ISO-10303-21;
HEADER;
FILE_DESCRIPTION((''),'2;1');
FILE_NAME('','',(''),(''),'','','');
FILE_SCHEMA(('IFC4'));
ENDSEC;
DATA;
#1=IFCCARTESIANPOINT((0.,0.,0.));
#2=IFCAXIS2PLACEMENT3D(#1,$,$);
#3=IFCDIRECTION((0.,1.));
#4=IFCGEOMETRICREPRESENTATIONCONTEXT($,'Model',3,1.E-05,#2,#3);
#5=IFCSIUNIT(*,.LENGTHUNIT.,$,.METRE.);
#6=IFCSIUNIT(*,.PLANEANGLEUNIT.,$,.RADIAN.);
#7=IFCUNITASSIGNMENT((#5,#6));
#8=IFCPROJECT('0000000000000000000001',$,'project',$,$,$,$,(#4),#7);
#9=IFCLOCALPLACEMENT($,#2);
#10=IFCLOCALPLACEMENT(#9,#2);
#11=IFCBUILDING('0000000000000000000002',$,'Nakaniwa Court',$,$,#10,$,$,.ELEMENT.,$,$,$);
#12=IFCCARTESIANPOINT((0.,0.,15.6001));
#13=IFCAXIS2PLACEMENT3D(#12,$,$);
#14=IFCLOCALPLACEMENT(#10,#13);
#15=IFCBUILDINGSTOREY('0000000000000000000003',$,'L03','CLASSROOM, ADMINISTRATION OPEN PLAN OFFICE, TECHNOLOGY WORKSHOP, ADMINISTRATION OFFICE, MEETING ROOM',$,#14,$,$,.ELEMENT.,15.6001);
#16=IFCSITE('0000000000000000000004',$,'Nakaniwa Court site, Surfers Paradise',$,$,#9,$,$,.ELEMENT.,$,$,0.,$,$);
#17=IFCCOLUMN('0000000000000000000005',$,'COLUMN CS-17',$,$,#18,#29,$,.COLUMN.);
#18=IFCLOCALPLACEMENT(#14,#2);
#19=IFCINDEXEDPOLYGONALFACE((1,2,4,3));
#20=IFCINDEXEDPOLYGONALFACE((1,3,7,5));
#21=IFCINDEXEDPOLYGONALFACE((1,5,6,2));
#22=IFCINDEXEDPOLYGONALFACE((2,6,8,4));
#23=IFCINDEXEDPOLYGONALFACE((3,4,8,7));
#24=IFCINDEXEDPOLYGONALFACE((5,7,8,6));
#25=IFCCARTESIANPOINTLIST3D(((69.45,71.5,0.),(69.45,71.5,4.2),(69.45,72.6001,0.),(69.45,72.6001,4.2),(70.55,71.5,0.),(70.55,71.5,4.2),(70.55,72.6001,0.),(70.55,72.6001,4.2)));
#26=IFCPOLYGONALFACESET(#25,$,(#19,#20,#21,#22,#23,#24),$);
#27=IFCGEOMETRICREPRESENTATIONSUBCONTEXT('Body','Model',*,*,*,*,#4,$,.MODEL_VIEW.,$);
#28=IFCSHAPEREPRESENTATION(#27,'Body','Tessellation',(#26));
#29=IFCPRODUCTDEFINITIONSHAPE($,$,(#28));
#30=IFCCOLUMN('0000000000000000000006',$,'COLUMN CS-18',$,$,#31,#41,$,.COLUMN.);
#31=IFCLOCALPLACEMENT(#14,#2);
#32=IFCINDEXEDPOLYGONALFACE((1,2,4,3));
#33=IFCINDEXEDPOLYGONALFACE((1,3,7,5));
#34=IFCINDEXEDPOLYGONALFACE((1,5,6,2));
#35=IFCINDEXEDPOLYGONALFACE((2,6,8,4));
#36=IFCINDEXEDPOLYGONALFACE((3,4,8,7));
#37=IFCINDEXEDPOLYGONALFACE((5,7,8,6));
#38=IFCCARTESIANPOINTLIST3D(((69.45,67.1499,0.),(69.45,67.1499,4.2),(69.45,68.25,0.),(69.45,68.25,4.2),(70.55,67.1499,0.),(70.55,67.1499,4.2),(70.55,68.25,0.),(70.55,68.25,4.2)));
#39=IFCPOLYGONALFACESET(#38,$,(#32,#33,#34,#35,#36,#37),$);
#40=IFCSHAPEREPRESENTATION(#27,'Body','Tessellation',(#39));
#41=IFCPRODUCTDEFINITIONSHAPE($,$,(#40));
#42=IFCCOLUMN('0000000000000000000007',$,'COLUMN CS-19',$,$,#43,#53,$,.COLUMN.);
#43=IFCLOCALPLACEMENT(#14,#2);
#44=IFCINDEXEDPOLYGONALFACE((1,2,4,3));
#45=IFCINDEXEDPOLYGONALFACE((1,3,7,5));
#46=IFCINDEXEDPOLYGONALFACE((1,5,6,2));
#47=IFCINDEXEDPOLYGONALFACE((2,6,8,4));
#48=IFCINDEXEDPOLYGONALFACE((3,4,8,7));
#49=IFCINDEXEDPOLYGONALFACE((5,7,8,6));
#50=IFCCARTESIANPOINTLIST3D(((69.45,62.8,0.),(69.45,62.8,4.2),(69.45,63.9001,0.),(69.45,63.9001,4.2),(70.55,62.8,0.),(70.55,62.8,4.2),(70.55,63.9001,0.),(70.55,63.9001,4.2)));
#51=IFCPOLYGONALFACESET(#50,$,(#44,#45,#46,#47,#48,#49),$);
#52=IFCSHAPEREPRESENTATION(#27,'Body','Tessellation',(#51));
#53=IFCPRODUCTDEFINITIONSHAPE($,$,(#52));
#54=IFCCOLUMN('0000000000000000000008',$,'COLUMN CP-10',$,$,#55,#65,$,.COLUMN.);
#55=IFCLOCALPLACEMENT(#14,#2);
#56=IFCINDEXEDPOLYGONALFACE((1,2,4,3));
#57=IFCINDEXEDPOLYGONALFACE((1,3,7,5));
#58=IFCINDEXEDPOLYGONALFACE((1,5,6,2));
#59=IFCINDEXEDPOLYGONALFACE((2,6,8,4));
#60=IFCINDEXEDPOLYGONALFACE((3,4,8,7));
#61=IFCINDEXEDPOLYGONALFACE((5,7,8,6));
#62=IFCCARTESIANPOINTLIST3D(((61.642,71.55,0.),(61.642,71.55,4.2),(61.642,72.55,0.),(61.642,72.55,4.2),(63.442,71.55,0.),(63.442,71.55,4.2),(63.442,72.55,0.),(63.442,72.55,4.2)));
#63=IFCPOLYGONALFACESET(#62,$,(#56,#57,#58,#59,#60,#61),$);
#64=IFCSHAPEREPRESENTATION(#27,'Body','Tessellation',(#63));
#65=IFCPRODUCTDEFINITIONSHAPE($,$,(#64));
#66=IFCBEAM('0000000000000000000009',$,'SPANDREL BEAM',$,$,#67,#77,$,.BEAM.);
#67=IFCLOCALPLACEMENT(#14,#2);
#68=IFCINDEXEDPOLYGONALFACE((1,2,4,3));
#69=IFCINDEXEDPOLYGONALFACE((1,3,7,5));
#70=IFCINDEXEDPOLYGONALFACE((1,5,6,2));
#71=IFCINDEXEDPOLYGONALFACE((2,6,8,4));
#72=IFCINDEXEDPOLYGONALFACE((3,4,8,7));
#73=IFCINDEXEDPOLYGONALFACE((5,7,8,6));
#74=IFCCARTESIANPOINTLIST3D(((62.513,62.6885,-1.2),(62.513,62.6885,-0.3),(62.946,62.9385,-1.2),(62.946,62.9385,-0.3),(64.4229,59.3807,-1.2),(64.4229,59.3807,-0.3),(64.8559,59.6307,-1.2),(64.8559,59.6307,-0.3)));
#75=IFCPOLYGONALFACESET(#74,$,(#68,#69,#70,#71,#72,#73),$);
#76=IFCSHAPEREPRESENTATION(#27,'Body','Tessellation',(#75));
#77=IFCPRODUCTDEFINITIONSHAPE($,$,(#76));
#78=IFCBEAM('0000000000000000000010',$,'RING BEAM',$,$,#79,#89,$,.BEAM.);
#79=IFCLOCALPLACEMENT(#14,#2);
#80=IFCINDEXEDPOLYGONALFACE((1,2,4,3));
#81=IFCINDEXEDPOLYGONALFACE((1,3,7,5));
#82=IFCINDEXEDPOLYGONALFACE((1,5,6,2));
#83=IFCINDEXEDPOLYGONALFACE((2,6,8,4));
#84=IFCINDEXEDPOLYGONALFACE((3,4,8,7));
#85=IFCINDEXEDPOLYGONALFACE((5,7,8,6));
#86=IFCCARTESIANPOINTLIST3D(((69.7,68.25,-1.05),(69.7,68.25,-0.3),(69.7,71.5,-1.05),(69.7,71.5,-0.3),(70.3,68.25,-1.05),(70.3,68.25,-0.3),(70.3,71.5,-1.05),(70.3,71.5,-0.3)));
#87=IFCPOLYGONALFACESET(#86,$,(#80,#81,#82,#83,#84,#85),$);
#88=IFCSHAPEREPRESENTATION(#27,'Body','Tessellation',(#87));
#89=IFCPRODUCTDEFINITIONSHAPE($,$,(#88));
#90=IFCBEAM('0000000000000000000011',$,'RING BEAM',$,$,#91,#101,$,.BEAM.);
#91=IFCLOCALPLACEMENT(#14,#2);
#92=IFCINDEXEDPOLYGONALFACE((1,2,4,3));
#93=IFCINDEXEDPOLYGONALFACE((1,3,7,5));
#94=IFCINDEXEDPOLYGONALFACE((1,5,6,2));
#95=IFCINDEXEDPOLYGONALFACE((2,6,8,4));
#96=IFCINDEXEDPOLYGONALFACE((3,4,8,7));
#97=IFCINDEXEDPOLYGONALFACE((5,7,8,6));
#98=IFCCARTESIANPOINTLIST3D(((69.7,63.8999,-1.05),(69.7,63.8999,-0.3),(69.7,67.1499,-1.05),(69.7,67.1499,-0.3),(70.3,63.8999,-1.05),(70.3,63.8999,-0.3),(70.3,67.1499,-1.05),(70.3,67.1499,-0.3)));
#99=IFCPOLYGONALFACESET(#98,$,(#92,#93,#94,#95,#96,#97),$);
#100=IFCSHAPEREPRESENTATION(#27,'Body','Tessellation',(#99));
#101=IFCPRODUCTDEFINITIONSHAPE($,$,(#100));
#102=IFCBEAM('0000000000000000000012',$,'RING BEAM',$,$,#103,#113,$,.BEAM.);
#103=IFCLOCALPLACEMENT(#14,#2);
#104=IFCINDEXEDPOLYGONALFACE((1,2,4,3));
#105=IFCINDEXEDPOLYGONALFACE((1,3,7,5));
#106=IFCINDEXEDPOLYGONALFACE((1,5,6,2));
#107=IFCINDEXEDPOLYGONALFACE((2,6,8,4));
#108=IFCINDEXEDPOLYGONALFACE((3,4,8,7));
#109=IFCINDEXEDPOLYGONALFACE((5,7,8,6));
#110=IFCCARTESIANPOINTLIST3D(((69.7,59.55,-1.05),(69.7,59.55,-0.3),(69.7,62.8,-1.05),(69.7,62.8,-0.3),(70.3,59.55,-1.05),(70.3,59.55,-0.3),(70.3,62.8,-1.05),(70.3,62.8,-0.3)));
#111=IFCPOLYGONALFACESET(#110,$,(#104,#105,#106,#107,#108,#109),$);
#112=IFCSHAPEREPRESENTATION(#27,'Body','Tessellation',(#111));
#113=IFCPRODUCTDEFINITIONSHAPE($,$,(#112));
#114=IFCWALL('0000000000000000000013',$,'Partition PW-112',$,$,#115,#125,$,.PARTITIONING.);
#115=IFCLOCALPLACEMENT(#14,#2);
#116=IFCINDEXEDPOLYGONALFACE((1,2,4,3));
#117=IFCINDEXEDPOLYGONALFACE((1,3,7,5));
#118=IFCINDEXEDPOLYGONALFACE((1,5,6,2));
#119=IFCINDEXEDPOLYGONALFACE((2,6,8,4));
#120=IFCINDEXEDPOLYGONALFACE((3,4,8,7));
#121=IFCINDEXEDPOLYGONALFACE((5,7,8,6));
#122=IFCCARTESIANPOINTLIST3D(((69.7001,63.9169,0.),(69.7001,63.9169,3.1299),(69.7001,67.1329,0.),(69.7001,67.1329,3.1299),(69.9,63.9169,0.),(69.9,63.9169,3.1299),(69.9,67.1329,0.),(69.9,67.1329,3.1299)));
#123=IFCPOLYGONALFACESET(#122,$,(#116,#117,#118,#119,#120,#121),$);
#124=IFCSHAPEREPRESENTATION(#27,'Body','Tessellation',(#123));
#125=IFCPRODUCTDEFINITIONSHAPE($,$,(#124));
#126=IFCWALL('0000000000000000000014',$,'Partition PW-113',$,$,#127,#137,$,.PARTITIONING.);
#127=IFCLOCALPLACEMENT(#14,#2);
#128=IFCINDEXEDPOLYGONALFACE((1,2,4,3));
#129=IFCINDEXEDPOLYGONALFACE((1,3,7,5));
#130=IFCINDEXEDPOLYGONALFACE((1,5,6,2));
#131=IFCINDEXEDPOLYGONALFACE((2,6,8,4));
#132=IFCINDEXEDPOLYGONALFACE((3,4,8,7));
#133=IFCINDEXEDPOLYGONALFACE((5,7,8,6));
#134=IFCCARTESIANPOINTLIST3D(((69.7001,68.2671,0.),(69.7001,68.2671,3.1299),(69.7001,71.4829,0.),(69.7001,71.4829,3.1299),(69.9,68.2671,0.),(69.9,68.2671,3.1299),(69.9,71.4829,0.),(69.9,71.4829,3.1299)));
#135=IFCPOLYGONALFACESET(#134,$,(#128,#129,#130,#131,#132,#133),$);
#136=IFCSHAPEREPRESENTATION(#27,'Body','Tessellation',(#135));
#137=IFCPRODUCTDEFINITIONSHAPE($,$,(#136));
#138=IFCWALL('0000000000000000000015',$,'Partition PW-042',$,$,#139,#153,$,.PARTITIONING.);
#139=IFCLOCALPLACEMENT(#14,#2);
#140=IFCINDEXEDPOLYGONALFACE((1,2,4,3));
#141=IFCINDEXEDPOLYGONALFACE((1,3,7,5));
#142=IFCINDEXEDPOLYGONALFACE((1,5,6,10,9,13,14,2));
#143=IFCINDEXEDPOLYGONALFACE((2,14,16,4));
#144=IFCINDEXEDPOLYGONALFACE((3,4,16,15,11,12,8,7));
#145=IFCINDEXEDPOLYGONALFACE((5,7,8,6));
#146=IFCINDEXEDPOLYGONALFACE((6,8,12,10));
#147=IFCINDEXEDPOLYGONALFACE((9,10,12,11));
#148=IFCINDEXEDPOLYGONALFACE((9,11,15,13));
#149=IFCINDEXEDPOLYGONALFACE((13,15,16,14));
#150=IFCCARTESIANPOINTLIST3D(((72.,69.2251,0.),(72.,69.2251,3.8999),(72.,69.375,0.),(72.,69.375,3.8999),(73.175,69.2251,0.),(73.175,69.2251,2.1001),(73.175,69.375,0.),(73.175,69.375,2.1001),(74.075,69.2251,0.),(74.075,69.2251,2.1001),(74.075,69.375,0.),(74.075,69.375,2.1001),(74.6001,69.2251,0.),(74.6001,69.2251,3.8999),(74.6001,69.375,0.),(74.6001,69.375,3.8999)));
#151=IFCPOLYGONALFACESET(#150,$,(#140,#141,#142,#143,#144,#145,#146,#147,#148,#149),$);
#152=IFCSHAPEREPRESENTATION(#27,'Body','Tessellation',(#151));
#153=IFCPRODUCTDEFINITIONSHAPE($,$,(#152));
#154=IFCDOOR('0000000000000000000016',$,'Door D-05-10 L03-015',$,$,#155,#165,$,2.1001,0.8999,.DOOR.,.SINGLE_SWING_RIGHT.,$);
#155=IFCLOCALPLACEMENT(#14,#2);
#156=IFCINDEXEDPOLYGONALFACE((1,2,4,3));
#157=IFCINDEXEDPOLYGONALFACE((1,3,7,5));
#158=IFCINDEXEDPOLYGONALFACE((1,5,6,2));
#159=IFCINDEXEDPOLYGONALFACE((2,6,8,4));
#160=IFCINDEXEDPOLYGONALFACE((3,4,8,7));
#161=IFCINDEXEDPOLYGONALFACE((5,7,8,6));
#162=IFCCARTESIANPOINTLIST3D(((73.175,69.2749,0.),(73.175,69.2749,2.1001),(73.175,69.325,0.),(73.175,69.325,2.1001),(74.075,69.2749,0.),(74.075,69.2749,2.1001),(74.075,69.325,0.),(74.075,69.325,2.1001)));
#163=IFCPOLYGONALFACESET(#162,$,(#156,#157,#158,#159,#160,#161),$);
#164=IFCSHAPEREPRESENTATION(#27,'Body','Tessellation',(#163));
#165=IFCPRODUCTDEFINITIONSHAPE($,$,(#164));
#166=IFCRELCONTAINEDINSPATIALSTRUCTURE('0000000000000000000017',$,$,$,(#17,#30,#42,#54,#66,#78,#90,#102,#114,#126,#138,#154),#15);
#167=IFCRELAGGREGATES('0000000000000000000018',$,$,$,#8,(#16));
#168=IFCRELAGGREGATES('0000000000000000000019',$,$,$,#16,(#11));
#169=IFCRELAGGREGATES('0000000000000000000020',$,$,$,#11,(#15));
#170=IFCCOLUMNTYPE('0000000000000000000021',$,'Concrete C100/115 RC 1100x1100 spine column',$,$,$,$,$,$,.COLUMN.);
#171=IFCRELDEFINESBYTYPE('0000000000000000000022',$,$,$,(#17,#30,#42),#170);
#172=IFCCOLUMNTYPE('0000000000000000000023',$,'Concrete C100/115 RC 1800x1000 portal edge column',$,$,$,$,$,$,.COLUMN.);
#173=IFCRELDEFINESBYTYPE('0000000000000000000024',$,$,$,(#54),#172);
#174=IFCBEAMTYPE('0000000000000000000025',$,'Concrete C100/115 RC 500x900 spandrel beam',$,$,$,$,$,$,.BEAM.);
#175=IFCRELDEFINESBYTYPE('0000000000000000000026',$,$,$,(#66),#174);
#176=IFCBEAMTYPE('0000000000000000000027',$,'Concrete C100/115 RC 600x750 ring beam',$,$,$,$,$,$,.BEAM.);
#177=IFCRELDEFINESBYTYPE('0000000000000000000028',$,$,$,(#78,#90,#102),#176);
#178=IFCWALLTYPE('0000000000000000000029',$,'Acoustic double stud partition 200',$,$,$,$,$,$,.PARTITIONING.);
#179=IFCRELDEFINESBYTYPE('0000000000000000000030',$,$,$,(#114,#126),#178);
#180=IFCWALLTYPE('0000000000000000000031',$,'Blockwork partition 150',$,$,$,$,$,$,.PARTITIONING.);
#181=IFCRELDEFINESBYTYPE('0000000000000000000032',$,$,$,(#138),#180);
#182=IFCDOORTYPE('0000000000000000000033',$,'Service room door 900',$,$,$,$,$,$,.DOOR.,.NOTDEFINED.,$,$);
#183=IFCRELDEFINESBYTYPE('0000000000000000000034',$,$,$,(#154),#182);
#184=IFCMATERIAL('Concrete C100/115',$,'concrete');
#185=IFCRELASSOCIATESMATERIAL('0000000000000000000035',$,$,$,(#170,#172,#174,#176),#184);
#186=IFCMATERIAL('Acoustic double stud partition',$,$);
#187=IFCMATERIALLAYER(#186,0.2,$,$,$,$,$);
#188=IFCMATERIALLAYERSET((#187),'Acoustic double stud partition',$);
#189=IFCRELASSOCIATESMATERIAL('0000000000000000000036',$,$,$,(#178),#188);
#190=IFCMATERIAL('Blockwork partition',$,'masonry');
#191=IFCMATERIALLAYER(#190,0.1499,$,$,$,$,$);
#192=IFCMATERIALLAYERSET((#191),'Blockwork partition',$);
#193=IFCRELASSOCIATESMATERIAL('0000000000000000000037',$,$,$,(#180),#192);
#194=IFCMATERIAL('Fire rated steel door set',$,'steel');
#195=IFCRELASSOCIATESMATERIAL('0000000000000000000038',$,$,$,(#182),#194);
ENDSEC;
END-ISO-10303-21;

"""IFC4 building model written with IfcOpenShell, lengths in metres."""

from ifc_helpers import new_model, si_unit, direction, frame, frame_2d, origin, origin_2d, place, context, subcontext, project, spatial, rectangle, extrude, material, layer, layer_set, material_profile, profile_set, type_object, element, fill, save


model = new_model("IFC4")

# Units and contexts
model_context = context("Model", 3, precision=1e-05, world=origin(), true_north=direction((0.0, 1.0)))
body_context = subcontext(model_context, "Body", "Model", "MODEL_VIEW")
ifc_project = project(units=[si_unit("LENGTHUNIT", "METRE"), si_unit("PLANEANGLEUNIT", "RADIAN")], contexts=[model_context])

# Site, building, storey
site_placement = place(None, origin())
site = spatial("IfcSite", under=ifc_project, at=site_placement, Name="Nakaniwa Court site, Surfers Paradise", CompositionType="ELEMENT", RefElevation=0.0)
building_placement = place(site_placement, origin())
building = spatial("IfcBuilding", under=site, at=building_placement, Name="Nakaniwa Court", CompositionType="ELEMENT")
storey_placement = place(building_placement, frame((0.0, 0.0, 15.6001)))
storey = spatial("IfcBuildingStorey", under=building, at=storey_placement, Name="L03", Description="CLASSROOM, ADMINISTRATION OPEN PLAN OFFICE, TECHNOLOGY WORKSHOP, ADMINISTRATION OFFICE, MEETING ROOM", CompositionType="ELEMENT", Elevation=15.6001)

# Columns
ifc_material_1 = material(Name="Concrete C100/115", Category="concrete")
ifc_material_profile_1 = material_profile(ifc_material_1, rectangle(XDim=1.1001, YDim=1.1001, at=origin_2d()), Name="Concrete C100/115 RC 1100x1100 spine column")
ifc_profile_set_1 = profile_set([ifc_material_profile_1], Name="Concrete C100/115")
column_type_1 = type_object("IfcColumnType", Name="Concrete C100/115 RC 1100x1100 spine column", PredefinedType="COLUMN", material=ifc_profile_set_1)
for number, where, z_axis, x_axis, name in (
    (1, (70.0, 72.05, 0.0), (0.0, 0.0, 1.0), (0.0, -1.0, 0.0), "COLUMN CS-17"),
    (2, (70.0, 67.7, 0.0), (0.0, 0.0, 1.0), (0.0, -1.0, 0.0), "COLUMN CS-18"),
    (3, (70.0, 63.3501, 0.0), (0.0, 0.0, 1.0), (0.0, -1.0, 0.0), "COLUMN CS-19"),
):
    element("IfcColumn", number, at=place(storey_placement, frame(where, z_axis=z_axis, x_axis=x_axis)), inside=storey, type_object=column_type_1, Name=name, PredefinedType="COLUMN", context=body_context, shape_type="SweptSolid", body=[
        extrude(rectangle(XDim=1.1001, YDim=1.1001, at=origin_2d()), origin(), (0.0, 0.0, 1.0), 4.2),
    ])
ifc_material_profile_2 = material_profile(ifc_material_1, rectangle(XDim=1.8, YDim=1.0, at=origin_2d()), Name="Concrete C100/115 RC 1800x1000 portal edge column")
ifc_profile_set_2 = profile_set([ifc_material_profile_2], Name="Concrete C100/115")
column_type_2 = type_object("IfcColumnType", Name="Concrete C100/115 RC 1800x1000 portal edge column", PredefinedType="COLUMN", material=ifc_profile_set_2)
column_placement = place(storey_placement, frame((62.542, 72.05, 0.0), z_axis=(0.0, 0.0, 1.0), x_axis=(1.0, 0.0, 0.0)))
element("IfcColumn", 4, at=column_placement, inside=storey, type_object=column_type_2, Name="COLUMN CP-10", PredefinedType="COLUMN", context=body_context, shape_type="SweptSolid", body=[
    extrude(rectangle(XDim=1.8, YDim=1.0, at=origin_2d()), origin(), (0.0, 0.0, 1.0), 4.2),
])

# Beams
ifc_material_profile_3 = material_profile(ifc_material_1, rectangle(XDim=0.5, YDim=0.8999, at=origin_2d()), Name="Concrete C100/115 RC 500x900 spandrel beam")
ifc_profile_set_3 = profile_set([ifc_material_profile_3], Name="Concrete C100/115")
beam_type_1 = type_object("IfcBeamType", Name="Concrete C100/115 RC 500x900 spandrel beam", PredefinedType="BEAM", material=ifc_profile_set_3)
beam_placement = place(storey_placement, frame((62.7295, 62.8135, -0.75), z_axis=(0.500023, -0.866012, 0.0), x_axis=(0.866012, 0.500023, 0.0)))
element("IfcBeam", 5, at=beam_placement, inside=storey, type_object=beam_type_1, Name="SPANDREL BEAM", PredefinedType="BEAM", context=body_context, shape_type="SweptSolid", body=[
    extrude(rectangle(XDim=0.5, YDim=0.8999, at=origin_2d()), origin(), (0.0, 0.0, 1.0), 3.8196),
])
ifc_material_profile_4 = material_profile(ifc_material_1, rectangle(XDim=0.6001, YDim=0.75, at=origin_2d()), Name="Concrete C100/115 RC 600x750 ring beam")
ifc_profile_set_4 = profile_set([ifc_material_profile_4], Name="Concrete C100/115")
beam_type_2 = type_object("IfcBeamType", Name="Concrete C100/115 RC 600x750 ring beam", PredefinedType="BEAM", material=ifc_profile_set_4)
for number, where, z_axis, x_axis, name in (
    (6, (70.0, 71.5, -0.675), (0.0, -1.0, 0.0), (1.0, 0.0, 0.0), "RING BEAM"),
    (7, (70.0, 67.1499, -0.675), (0.0, -1.0, 0.0), (1.0, 0.0, 0.0), "RING BEAM"),
    (8, (70.0, 62.8, -0.675), (0.0, -1.0, 0.0), (1.0, 0.0, 0.0), "RING BEAM"),
):
    element("IfcBeam", number, at=place(storey_placement, frame(where, z_axis=z_axis, x_axis=x_axis)), inside=storey, type_object=beam_type_2, Name=name, PredefinedType="BEAM", context=body_context, shape_type="SweptSolid", body=[
        extrude(rectangle(XDim=0.6001, YDim=0.75, at=origin_2d()), origin(), (0.0, 0.0, 1.0), 3.25),
    ])

# Walls
ifc_material_2 = material(Name="Acoustic double stud partition")
ifc_layer_1 = layer(ifc_material_2, 0.2)
ifc_layer_set_1 = layer_set([ifc_layer_1], Name="Acoustic double stud partition")
wall_type_1 = type_object("IfcWallType", Name="Acoustic double stud partition 200", PredefinedType="PARTITIONING", material=ifc_layer_set_1)
wall_1_placement = place(storey_placement, frame((69.8, 63.917, 0.0), z_axis=(0.0, 0.0, 1.0), x_axis=(0.0, 1.0, 0.0)))
element("IfcWall", 9, at=wall_1_placement, inside=storey, type_object=wall_type_1, Name="Partition PW-112", PredefinedType="PARTITIONING", context=body_context, shape_type="SweptSolid", body=[
    extrude(rectangle(XDim=3.2161, YDim=0.2, at=frame_2d((1.6079, 0.0))), origin(), (0.0, 0.0, 1.0), 3.1299),
])
wall_2_placement = place(storey_placement, frame((69.8, 68.2671, 0.0), z_axis=(0.0, 0.0, 1.0), x_axis=(0.0, 1.0, 0.0)))
element("IfcWall", 10, at=wall_2_placement, inside=storey, type_object=wall_type_1, Name="Partition PW-113", PredefinedType="PARTITIONING", context=body_context, shape_type="SweptSolid", body=[
    extrude(rectangle(XDim=3.2158, YDim=0.2, at=frame_2d((1.6079, 0.0))), origin(), (0.0, 0.0, 1.0), 3.1299),
])

# Wall, opening, door
ifc_material_3 = material(Name="Blockwork partition", Category="masonry")
ifc_layer_2 = layer(ifc_material_3, 0.1499)
ifc_layer_set_2 = layer_set([ifc_layer_2], Name="Blockwork partition")
wall_type_2 = type_object("IfcWallType", Name="Blockwork partition 150", PredefinedType="PARTITIONING", material=ifc_layer_set_2)
wall_3_placement = place(storey_placement, frame((72.0, 69.3, 0.0), z_axis=(0.0, 0.0, 1.0), x_axis=(1.0, 0.0, 0.0)))
wall_3 = element("IfcWall", 11, at=wall_3_placement, inside=storey, type_object=wall_type_2, Name="Partition PW-042", PredefinedType="PARTITIONING", context=body_context, shape_type="SweptSolid", body=[
    extrude(rectangle(XDim=2.6001, YDim=0.1499, at=frame_2d((1.3, 0.0))), origin(), (0.0, 0.0, 1.0), 3.8999),
])
opening_1_placement = place(wall_3_placement, frame((1.175, 0.0, 0.0)))
opening_1 = element("IfcOpeningElement", 12, at=opening_1_placement, cuts=wall_3, PredefinedType="OPENING", context=body_context, shape_type="SweptSolid", body=[
    extrude(rectangle(XDim=0.8999, YDim=2.1001, at=frame_2d((0.45, 1.05))), frame((0.0, 0.085, 0.0), z_axis=(0.0, -1.0, 0.0), x_axis=(1.0, 0.0, 0.0)), (0.0, 0.0, 1.0), 0.1699),
])
ifc_material_4 = material(Name="Fire rated steel door set", Category="steel")
door_type_1 = type_object("IfcDoorType", Name="Service room door 900", OperationType="NOTDEFINED", PredefinedType="DOOR", material=ifc_material_4)
door_1_placement = place(opening_1_placement, origin())
door_1 = element("IfcDoor", 13, at=door_1_placement, inside=storey, type_object=door_type_1, Name="Door D-05-10 L03-015", OperationType="SINGLE_SWING_RIGHT", OverallHeight=2.1001, OverallWidth=0.8999, PredefinedType="DOOR", context=body_context, shape_type="SweptSolid", body=[
    extrude(rectangle(XDim=0.8999, YDim=2.1001, at=frame_2d((0.45, 1.05))), frame((0.0, 0.0249, 0.0), z_axis=(0.0, -1.0, 0.0), x_axis=(1.0, 0.0, 0.0)), (0.0, 0.0, 1.0), 0.05),
])
fill(opening_1, door_1)

save(model, "model.ifc")
